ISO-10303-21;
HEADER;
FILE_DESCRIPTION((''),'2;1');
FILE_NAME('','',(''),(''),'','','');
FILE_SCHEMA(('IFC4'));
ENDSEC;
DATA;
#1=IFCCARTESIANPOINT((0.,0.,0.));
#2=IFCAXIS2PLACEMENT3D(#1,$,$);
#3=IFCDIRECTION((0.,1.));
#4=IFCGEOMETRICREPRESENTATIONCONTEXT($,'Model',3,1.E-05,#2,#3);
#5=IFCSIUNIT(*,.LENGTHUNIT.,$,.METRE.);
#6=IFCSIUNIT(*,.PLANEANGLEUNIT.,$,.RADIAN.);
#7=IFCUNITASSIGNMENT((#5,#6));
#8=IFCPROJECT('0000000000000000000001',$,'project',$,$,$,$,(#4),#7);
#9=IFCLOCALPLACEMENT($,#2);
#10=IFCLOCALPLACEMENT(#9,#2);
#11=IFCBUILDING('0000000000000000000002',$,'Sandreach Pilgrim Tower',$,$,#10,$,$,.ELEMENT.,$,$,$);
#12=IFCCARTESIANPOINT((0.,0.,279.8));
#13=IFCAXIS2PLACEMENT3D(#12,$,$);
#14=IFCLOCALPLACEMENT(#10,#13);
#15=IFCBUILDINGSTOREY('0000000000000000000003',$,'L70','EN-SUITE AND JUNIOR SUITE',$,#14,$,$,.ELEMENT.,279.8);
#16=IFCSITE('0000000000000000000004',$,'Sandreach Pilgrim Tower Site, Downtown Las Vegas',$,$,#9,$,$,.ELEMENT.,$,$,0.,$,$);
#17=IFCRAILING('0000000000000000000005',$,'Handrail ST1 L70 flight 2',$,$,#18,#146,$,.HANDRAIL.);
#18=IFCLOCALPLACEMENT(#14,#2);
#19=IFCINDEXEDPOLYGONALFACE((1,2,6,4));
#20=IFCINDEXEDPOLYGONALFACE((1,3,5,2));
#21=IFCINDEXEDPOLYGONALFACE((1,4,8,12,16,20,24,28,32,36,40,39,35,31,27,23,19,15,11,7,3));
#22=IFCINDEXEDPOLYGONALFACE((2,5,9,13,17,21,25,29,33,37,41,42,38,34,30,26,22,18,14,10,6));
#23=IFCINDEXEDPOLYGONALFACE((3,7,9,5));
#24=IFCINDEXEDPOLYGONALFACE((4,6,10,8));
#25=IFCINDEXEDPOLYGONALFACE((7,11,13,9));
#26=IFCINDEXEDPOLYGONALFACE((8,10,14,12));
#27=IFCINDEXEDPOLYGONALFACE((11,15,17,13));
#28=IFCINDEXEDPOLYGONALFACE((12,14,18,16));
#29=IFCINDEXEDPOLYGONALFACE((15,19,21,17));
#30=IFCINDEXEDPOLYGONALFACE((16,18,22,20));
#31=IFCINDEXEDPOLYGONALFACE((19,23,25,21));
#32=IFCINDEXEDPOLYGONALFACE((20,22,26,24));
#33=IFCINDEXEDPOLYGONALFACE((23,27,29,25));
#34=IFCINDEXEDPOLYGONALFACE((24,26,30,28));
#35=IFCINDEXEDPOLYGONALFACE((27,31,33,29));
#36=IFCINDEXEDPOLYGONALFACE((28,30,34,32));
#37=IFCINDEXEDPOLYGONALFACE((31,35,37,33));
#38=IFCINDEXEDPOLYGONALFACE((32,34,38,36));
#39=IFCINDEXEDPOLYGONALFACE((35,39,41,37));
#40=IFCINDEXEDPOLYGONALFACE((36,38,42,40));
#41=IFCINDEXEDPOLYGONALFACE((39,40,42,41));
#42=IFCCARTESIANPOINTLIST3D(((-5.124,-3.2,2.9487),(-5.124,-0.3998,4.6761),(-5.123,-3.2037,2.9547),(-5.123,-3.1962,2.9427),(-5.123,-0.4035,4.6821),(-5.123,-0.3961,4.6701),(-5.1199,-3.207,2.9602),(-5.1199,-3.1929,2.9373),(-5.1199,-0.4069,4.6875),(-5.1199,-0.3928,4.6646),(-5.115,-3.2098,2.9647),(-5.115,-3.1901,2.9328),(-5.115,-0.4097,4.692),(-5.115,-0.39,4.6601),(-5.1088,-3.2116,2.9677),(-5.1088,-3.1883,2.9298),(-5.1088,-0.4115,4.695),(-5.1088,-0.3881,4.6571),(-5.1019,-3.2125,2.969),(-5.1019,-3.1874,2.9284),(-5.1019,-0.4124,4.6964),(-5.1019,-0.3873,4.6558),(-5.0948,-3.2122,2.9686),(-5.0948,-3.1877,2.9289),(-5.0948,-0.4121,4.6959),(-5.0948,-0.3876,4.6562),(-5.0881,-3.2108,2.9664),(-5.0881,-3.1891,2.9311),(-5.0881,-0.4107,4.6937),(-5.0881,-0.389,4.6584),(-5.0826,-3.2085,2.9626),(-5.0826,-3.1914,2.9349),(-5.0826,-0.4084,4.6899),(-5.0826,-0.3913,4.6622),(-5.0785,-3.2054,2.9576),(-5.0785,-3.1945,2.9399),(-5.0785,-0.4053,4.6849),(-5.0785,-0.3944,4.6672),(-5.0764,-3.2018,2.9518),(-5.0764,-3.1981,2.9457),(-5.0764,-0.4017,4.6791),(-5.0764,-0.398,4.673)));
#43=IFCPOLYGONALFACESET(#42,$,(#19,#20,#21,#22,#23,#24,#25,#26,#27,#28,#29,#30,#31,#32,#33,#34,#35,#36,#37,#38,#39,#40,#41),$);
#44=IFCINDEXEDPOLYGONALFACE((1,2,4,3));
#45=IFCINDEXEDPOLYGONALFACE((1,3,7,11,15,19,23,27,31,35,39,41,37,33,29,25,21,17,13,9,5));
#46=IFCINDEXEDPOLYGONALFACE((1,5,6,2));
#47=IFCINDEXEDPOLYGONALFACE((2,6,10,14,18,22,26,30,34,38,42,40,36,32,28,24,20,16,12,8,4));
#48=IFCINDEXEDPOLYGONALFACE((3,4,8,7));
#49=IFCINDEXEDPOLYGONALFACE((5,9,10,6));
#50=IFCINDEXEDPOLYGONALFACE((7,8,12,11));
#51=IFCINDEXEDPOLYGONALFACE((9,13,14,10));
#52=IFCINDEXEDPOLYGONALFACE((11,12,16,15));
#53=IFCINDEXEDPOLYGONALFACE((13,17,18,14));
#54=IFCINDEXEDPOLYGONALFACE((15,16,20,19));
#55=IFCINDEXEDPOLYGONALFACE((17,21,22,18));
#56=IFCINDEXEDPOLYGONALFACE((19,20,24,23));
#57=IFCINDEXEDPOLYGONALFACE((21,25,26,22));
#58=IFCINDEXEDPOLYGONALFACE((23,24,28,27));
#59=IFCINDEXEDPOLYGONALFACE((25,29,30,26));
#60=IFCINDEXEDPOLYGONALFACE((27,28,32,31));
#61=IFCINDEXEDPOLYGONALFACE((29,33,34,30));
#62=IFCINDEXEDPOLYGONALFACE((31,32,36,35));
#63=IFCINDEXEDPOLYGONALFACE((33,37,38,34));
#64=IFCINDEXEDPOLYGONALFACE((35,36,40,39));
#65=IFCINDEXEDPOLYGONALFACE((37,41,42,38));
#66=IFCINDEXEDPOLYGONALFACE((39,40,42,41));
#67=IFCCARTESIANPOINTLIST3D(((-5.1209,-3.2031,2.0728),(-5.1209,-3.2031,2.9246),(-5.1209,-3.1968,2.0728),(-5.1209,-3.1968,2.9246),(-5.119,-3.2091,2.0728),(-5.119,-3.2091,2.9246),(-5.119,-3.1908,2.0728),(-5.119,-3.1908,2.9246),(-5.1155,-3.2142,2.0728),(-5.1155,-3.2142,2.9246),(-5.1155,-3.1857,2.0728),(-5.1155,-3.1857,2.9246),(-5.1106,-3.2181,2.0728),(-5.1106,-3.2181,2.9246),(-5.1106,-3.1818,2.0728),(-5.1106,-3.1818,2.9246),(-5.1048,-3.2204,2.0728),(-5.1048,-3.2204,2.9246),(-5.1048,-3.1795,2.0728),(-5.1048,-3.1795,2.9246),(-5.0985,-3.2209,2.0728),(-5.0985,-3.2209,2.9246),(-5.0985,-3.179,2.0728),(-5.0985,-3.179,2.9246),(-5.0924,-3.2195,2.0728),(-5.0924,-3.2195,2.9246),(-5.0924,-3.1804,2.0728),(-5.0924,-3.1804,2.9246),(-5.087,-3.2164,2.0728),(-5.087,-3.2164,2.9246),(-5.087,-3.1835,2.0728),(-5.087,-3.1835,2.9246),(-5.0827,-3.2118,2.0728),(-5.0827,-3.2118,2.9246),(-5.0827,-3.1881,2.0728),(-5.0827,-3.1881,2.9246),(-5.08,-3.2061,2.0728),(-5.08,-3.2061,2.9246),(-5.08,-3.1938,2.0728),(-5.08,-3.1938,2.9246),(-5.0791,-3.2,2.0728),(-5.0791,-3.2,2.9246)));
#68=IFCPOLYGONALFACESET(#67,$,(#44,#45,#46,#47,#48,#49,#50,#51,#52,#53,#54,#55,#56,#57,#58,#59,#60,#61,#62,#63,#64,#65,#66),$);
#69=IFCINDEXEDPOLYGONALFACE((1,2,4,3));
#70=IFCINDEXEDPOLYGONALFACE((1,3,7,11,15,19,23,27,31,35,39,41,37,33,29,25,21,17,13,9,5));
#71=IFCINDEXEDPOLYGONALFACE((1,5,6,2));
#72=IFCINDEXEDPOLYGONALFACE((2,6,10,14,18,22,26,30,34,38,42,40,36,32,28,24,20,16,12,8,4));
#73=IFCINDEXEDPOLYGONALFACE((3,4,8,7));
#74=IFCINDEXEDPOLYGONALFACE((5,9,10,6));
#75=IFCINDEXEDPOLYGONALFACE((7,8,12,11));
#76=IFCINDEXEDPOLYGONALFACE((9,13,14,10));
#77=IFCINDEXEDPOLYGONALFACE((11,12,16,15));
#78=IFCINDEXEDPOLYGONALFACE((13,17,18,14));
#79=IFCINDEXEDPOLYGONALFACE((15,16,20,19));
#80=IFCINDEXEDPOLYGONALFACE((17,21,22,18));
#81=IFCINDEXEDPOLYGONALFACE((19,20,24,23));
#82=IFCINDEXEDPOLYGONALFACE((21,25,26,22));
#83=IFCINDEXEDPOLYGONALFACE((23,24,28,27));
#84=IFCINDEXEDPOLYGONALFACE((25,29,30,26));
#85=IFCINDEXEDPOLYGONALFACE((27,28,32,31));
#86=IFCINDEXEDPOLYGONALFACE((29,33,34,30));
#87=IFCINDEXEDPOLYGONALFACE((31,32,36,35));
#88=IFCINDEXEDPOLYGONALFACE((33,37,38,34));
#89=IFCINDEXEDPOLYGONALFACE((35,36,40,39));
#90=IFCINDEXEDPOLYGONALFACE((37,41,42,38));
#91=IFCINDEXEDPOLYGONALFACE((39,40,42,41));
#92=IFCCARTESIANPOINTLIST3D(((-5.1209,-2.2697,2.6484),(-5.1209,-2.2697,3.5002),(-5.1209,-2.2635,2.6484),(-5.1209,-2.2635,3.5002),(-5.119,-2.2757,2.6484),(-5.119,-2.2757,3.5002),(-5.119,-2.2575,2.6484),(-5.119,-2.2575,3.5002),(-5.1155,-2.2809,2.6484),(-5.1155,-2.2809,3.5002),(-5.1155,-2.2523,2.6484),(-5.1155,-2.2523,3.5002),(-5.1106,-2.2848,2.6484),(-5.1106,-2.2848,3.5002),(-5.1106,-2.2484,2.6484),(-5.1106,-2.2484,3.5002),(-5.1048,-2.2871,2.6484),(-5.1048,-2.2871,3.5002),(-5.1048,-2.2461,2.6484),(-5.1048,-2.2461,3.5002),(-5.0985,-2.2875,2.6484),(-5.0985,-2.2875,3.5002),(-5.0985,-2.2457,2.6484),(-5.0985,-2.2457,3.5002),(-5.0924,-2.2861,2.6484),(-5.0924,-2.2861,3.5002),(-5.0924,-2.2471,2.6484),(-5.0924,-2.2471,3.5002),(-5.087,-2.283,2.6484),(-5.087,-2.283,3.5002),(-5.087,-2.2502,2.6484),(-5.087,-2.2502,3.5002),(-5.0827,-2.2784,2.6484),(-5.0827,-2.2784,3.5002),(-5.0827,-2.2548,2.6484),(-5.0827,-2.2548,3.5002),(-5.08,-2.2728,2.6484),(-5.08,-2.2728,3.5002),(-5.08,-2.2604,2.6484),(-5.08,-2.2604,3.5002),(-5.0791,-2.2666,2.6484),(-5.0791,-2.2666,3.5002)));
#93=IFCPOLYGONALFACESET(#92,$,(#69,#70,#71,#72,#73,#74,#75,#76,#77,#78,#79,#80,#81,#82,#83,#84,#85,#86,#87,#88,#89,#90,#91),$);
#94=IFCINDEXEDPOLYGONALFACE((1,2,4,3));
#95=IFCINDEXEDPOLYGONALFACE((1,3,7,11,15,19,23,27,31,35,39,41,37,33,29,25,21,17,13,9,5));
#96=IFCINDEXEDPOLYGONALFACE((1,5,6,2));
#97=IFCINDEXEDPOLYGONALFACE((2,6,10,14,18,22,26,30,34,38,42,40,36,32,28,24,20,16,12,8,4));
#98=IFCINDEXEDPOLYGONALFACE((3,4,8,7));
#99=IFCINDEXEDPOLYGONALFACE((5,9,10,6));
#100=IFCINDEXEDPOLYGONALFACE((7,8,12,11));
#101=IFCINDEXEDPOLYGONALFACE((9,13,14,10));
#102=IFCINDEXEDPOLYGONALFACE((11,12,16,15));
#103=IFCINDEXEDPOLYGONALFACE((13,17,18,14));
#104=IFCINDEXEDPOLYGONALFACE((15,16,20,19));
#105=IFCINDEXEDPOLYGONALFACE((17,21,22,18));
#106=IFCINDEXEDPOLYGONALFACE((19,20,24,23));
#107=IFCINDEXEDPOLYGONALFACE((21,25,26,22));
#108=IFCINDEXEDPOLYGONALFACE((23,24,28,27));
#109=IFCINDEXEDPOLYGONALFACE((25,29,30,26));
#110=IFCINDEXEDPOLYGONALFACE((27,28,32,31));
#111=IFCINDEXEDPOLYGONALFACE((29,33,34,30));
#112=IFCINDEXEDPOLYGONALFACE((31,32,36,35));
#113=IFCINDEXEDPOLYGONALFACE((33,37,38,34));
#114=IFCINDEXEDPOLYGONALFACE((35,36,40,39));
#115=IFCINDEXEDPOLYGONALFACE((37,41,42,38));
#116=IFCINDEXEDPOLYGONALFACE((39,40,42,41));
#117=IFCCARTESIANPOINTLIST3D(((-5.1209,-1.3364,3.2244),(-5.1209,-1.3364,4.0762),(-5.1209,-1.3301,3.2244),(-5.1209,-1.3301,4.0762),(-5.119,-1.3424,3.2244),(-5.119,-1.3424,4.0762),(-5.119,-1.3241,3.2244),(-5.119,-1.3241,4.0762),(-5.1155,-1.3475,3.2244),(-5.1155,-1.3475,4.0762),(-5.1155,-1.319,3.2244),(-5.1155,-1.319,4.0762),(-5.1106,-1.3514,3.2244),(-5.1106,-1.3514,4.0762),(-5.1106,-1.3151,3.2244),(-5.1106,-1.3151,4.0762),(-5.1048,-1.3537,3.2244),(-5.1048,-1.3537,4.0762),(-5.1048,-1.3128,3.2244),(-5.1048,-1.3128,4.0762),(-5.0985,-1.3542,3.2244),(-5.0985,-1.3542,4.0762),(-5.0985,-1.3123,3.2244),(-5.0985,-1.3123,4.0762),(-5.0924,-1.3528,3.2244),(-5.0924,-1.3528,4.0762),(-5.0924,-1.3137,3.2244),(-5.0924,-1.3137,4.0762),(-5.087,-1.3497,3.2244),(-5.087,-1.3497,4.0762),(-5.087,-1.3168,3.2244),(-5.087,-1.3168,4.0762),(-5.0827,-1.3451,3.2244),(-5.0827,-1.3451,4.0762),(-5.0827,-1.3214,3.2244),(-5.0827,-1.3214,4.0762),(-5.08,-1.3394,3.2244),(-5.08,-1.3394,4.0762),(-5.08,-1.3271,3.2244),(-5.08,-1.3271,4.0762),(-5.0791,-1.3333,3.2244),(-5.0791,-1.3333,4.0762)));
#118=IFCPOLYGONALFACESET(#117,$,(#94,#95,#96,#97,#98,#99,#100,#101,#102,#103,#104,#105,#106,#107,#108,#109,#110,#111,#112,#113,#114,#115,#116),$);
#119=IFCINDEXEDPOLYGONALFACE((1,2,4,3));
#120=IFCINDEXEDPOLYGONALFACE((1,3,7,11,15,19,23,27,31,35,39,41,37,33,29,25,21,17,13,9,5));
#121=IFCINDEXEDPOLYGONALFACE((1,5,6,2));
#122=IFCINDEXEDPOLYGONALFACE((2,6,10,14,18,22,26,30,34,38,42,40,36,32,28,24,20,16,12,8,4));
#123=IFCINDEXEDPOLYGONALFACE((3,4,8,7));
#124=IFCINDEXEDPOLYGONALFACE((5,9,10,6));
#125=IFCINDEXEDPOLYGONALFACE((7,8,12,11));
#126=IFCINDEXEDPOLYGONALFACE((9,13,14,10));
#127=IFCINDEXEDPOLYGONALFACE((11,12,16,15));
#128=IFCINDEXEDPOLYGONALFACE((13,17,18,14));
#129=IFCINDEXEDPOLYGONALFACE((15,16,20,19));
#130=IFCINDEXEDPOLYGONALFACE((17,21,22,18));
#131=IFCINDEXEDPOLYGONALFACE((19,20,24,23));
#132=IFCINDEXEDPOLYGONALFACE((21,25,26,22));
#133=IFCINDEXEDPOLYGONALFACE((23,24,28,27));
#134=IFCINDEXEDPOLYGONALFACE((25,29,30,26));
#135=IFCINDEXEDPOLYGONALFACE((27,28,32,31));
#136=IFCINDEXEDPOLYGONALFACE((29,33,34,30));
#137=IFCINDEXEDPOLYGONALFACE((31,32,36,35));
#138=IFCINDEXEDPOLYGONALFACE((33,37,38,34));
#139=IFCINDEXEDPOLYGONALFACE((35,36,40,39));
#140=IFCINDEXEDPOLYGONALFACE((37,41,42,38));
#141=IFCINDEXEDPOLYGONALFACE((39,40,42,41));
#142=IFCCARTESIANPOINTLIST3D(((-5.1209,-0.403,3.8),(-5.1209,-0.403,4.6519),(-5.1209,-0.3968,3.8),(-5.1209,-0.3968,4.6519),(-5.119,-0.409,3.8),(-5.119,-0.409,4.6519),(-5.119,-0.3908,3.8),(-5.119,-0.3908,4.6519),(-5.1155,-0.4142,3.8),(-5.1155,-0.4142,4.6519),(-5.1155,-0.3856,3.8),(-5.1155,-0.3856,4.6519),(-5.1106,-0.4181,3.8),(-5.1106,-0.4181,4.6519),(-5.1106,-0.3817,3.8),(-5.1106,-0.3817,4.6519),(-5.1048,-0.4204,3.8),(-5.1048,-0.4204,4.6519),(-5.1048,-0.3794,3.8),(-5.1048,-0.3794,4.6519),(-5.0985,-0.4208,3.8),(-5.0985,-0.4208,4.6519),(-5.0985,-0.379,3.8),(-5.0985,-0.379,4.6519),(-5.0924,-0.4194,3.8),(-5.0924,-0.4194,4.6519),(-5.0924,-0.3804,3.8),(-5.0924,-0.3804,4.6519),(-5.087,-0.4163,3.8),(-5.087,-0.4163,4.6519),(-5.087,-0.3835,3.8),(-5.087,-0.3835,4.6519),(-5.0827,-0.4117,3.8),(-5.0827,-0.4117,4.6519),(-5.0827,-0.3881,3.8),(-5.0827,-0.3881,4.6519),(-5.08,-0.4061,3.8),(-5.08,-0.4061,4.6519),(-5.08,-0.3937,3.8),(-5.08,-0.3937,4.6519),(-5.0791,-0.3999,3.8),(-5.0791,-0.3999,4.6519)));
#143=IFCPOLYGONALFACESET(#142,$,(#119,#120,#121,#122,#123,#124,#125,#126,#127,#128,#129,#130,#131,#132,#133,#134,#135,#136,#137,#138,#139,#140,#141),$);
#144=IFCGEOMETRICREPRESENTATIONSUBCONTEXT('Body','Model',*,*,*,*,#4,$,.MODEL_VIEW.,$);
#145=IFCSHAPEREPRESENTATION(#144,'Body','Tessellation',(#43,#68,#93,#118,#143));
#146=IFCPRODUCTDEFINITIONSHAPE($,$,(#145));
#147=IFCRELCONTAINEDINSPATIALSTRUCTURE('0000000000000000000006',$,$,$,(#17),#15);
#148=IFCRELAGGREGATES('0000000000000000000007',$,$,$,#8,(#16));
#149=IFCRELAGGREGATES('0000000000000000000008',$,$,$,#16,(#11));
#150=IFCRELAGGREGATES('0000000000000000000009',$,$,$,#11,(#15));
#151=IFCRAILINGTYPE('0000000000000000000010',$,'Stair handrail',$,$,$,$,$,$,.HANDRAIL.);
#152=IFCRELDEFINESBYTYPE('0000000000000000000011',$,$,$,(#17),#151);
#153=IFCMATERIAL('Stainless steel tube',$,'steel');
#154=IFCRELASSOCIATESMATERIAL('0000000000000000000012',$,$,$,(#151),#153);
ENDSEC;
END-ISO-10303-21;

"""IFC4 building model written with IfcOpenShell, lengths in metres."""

from ifc_helpers import new_model, si_unit, direction, frame, origin, origin_2d, place, context, subcontext, project, spatial, circle, extrude, material, type_object, element, save


model = new_model("IFC4")

# Units and contexts
model_context = context("Model", 3, precision=1e-05, world=origin(), true_north=direction((0.0, 1.0)))
body_context = subcontext(model_context, "Body", "Model", "MODEL_VIEW")
ifc_project = project(units=[si_unit("LENGTHUNIT", "METRE"), si_unit("PLANEANGLEUNIT", "RADIAN")], contexts=[model_context])

# Site, building, storey
site_placement = place(None, origin())
site = spatial("IfcSite", under=ifc_project, at=site_placement, Name="Sandreach Pilgrim Tower Site, Downtown Las Vegas", CompositionType="ELEMENT", RefElevation=0.0)
building_placement = place(site_placement, origin())
building = spatial("IfcBuilding", under=site, at=building_placement, Name="Sandreach Pilgrim Tower", CompositionType="ELEMENT")
storey_placement = place(building_placement, frame((0.0, 0.0, 279.8)))
storey = spatial("IfcBuildingStorey", under=building, at=storey_placement, Name="L70", Description="EN-SUITE AND JUNIOR SUITE", CompositionType="ELEMENT", Elevation=279.8)

# Railing
ifc_material_1 = material(Name="Stainless steel tube", Category="steel")
railing_type = type_object("IfcRailingType", Name="Stair handrail", PredefinedType="HANDRAIL", material=ifc_material_1)
for number, where, name in (
    (1, (-5.1001, -3.2, 2.0728), "Handrail ST1 L70 flight 2"),
):
    element("IfcRailing", number, at=place(storey_placement, frame(where)), inside=storey, type_object=railing_type, Name=name, PredefinedType="HANDRAIL", context=body_context, shape_type="SweptSolid", body=[
        extrude(circle(Radius=0.0239, at=origin_2d()), frame((0.0, 0.0, 0.876), z_axis=(0.0, 0.85109, 0.52502), x_axis=(-1.0, 0.0, 0.0)), (0.0, 0.0, 1.0), 3.29),
        extrude(circle(Radius=0.021, at=origin_2d()), origin(), (0.0, 0.0, 1.0), 0.8518),
        extrude(circle(Radius=0.021, at=origin_2d()), frame((0.0, 0.9333, 0.5757)), (0.0, 0.0, 1.0), 0.8518),
        extrude(circle(Radius=0.021, at=origin_2d()), frame((0.0, 1.8667, 1.1516)), (0.0, 0.0, 1.0), 0.8518),
        extrude(circle(Radius=0.021, at=origin_2d()), frame((0.0, 2.8, 1.7273)), (0.0, 0.0, 1.0), 0.8518),
    ])

save(model, "model.ifc")
